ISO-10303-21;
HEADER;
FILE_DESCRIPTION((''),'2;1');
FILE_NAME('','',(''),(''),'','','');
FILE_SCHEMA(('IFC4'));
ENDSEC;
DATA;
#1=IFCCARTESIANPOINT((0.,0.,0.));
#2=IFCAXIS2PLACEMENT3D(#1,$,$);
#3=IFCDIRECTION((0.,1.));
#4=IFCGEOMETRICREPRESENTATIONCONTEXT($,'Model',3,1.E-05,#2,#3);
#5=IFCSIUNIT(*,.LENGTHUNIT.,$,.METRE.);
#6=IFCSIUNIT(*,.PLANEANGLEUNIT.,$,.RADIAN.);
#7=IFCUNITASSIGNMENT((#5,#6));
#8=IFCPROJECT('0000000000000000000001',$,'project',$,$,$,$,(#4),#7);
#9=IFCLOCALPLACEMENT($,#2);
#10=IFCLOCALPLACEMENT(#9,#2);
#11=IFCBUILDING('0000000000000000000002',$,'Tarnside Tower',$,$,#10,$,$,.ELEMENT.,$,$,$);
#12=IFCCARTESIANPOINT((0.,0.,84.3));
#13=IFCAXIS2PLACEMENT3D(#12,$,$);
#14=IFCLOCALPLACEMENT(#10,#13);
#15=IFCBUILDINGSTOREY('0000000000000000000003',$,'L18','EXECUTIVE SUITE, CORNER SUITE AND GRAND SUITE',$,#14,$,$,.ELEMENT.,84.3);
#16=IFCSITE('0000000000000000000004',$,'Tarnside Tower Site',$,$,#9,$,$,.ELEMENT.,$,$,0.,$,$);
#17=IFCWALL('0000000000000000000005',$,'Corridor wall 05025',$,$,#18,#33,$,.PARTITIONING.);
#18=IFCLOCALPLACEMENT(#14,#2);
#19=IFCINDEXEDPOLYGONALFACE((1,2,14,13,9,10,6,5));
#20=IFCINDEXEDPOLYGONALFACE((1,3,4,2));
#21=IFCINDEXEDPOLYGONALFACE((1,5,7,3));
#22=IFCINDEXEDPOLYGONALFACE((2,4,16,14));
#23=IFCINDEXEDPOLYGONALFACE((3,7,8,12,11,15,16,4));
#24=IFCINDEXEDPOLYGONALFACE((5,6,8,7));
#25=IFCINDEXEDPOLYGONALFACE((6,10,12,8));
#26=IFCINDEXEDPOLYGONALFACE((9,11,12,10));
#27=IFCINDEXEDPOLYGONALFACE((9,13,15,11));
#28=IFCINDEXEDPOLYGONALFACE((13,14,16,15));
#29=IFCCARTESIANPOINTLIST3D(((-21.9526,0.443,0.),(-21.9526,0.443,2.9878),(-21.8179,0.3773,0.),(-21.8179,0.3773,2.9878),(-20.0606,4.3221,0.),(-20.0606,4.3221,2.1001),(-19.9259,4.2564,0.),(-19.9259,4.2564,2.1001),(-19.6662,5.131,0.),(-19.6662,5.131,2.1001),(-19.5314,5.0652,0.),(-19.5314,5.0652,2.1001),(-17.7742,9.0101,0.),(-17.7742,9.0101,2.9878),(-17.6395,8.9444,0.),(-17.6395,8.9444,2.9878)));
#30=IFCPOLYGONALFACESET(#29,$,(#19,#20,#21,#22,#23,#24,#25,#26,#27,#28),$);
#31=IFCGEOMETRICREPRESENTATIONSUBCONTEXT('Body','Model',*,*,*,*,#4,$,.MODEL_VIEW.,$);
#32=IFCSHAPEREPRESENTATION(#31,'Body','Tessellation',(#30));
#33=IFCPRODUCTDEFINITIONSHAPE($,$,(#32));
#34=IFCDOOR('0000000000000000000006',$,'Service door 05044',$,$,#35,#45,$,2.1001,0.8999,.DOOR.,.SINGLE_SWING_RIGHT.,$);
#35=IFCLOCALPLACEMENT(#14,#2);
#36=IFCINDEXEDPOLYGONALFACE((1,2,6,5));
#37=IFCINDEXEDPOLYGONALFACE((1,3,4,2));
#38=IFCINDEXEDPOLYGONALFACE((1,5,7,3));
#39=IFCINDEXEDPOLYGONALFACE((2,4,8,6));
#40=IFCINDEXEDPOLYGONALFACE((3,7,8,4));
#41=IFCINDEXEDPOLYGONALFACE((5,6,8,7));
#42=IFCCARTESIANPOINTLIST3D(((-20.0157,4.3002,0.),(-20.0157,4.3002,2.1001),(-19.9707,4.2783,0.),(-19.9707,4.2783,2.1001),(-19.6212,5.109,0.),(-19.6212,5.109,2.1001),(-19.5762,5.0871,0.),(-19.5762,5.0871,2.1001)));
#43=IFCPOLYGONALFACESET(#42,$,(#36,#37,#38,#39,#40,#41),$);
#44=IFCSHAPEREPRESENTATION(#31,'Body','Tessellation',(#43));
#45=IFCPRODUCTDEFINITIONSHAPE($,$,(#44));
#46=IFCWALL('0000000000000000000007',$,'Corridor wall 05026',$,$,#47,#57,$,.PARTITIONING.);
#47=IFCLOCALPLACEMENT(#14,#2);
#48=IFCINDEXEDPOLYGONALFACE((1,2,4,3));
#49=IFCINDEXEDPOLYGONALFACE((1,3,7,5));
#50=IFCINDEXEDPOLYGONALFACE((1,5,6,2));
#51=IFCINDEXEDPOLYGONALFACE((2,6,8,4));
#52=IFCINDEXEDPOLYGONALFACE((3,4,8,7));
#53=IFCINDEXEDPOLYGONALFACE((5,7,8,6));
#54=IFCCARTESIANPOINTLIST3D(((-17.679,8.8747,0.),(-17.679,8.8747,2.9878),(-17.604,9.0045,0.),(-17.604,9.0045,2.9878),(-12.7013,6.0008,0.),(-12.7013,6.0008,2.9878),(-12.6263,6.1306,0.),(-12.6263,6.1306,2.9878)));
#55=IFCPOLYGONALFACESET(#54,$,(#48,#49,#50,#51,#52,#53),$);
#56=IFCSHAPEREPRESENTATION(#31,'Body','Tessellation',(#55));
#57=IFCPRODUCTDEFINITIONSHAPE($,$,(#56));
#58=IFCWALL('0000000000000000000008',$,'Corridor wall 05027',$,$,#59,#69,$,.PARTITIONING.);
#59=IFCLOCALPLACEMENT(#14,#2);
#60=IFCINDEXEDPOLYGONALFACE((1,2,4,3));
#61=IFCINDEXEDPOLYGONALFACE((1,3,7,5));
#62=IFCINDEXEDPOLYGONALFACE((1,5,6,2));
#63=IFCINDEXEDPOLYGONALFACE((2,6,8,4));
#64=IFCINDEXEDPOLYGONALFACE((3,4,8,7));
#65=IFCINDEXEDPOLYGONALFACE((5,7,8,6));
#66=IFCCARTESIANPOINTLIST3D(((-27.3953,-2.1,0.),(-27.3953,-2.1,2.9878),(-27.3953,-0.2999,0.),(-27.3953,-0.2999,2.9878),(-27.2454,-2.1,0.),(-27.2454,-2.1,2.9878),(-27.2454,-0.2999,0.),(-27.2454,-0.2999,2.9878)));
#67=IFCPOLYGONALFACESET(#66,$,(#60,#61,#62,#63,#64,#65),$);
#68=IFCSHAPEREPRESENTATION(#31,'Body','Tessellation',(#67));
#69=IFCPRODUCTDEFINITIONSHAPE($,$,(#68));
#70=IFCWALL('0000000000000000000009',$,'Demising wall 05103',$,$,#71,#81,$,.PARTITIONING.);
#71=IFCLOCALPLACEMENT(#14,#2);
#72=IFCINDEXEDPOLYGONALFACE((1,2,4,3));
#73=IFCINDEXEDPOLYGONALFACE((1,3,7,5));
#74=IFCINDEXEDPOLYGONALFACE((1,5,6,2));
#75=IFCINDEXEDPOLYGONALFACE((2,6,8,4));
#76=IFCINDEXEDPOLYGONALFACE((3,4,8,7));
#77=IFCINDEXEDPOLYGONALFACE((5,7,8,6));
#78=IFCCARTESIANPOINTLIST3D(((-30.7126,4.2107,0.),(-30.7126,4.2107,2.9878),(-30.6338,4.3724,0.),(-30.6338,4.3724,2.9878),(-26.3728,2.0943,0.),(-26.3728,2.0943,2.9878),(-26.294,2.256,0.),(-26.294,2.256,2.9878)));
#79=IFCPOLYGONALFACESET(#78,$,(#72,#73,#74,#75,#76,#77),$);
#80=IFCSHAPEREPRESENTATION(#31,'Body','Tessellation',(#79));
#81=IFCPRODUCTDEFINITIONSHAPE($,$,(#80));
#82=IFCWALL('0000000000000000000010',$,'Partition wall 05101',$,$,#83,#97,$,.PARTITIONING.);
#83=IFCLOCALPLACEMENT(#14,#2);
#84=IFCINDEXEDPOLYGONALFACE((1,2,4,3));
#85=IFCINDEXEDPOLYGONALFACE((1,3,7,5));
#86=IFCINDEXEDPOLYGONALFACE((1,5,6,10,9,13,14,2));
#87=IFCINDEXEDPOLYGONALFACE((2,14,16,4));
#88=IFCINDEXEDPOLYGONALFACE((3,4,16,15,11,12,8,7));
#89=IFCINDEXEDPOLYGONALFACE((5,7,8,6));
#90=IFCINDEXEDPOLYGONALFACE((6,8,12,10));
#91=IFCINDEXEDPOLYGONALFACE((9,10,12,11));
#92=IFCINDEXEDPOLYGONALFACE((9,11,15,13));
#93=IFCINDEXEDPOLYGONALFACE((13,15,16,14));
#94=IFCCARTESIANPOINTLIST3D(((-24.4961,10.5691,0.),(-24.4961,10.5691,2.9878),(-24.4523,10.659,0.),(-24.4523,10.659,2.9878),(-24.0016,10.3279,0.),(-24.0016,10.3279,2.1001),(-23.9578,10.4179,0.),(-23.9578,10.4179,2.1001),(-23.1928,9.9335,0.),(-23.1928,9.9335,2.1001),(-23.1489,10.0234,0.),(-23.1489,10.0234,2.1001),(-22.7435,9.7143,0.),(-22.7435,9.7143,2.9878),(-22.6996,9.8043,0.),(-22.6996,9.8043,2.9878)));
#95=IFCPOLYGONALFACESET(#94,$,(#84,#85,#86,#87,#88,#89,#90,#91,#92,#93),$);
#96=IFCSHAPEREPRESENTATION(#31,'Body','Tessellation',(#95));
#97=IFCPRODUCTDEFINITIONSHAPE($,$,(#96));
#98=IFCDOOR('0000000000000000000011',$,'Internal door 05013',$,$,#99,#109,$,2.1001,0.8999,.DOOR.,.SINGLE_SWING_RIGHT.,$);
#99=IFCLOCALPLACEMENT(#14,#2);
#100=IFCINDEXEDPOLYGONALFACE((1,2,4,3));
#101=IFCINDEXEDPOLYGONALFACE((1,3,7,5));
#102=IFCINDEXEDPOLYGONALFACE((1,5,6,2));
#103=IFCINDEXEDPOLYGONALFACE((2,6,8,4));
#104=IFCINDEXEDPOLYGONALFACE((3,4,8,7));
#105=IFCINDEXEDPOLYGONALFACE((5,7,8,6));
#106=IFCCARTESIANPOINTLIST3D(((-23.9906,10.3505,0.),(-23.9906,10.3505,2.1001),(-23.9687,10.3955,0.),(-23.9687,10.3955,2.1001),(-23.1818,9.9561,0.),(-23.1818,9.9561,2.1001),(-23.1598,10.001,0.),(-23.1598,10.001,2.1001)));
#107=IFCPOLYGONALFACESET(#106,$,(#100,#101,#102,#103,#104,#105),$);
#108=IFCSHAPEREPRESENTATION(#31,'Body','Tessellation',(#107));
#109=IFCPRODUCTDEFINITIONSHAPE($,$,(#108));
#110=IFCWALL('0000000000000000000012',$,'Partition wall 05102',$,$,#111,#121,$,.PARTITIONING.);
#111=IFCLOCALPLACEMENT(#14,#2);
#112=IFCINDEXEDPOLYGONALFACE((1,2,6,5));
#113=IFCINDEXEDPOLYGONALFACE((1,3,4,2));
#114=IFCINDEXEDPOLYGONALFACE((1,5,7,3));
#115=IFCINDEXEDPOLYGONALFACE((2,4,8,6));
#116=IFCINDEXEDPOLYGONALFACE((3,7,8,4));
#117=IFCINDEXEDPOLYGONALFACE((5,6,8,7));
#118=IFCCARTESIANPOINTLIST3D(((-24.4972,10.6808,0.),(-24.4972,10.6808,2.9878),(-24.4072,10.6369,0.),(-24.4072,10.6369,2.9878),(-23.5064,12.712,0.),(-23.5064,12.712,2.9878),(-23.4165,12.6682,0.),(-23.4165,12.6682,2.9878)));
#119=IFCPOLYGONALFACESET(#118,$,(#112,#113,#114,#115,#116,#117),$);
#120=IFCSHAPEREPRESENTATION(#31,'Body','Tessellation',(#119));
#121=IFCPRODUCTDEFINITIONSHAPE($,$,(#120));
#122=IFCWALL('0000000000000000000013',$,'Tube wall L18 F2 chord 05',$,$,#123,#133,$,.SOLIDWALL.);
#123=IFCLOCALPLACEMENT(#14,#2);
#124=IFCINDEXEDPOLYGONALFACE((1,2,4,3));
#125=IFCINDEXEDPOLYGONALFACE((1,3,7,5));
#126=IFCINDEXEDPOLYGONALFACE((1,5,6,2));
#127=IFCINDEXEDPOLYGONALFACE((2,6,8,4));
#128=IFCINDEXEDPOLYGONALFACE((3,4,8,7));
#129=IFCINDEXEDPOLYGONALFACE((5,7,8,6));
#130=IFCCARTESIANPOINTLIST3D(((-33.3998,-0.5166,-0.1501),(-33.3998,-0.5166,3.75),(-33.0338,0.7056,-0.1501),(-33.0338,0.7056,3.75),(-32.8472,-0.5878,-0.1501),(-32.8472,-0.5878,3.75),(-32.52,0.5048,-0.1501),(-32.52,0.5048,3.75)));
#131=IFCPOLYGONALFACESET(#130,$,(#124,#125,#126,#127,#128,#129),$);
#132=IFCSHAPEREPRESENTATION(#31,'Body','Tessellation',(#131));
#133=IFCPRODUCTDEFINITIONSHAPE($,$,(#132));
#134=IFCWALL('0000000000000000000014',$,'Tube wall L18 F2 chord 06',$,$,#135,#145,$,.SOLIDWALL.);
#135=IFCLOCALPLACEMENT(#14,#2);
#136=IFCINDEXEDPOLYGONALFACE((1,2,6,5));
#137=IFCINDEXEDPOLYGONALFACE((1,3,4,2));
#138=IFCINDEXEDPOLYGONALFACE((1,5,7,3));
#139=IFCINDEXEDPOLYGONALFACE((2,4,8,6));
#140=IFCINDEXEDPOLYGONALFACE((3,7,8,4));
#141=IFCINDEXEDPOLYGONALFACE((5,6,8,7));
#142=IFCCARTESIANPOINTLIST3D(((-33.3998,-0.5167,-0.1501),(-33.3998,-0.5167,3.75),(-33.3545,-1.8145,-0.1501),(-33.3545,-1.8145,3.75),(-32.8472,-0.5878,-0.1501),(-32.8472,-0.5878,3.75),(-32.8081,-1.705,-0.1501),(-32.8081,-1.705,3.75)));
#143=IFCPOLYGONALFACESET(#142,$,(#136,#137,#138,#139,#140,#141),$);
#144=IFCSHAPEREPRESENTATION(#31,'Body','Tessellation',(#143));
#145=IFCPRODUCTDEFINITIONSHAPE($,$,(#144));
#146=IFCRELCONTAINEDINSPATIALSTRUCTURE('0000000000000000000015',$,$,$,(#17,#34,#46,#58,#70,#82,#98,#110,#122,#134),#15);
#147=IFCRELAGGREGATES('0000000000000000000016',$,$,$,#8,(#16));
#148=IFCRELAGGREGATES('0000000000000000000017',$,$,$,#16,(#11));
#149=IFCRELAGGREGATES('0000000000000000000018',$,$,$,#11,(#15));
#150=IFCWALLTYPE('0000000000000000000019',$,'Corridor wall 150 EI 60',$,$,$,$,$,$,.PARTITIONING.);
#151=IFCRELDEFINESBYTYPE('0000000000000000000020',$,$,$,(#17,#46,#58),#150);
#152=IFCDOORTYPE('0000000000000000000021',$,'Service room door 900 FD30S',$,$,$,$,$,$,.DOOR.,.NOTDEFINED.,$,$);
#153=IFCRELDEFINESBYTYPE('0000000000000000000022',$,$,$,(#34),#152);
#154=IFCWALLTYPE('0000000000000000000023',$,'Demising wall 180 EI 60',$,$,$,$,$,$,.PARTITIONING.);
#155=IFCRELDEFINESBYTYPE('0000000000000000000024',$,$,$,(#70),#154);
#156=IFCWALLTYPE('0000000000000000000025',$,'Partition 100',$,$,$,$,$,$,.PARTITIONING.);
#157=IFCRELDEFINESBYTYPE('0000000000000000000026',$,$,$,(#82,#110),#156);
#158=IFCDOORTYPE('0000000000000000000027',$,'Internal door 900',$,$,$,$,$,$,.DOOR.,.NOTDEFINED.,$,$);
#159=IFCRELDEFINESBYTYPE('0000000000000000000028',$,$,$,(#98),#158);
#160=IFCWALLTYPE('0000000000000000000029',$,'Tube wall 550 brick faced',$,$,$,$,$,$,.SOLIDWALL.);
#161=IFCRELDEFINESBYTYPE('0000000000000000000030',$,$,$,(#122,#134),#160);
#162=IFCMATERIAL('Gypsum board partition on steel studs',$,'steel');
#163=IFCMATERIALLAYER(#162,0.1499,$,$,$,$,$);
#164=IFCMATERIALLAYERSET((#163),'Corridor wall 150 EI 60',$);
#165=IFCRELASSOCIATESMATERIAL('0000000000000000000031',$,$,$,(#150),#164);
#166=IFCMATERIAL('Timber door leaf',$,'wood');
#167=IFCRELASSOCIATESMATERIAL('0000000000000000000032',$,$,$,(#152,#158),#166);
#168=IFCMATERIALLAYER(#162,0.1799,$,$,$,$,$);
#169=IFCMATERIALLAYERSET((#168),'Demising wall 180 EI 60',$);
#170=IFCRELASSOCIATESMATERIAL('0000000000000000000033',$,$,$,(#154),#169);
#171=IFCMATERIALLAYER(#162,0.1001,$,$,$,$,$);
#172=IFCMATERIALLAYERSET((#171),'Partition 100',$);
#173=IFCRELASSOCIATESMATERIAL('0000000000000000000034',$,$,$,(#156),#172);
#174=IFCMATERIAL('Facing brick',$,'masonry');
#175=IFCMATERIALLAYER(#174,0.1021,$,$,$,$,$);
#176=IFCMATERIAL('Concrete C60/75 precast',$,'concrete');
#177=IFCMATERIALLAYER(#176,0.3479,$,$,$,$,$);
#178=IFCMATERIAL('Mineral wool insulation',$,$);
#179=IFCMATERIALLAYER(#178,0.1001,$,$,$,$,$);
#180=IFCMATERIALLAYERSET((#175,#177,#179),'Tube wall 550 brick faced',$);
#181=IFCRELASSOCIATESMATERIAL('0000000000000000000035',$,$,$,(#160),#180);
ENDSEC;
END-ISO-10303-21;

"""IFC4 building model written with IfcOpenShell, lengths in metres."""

from ifc_helpers import new_model, si_unit, direction, frame, frame_2d, origin, place, context, subcontext, project, spatial, polyline, rectangle, outline, extrude, material, layer, layer_set, type_object, element, fill, save


model = new_model("IFC4")

# Units and contexts
model_context = context("Model", 3, precision=1e-05, world=origin(), true_north=direction((0.0, 1.0)))
body_context = subcontext(model_context, "Body", "Model", "MODEL_VIEW")
ifc_project = project(units=[si_unit("LENGTHUNIT", "METRE"), si_unit("PLANEANGLEUNIT", "RADIAN")], contexts=[model_context])

# Site, building, storey
site_placement = place(None, origin())
site = spatial("IfcSite", under=ifc_project, at=site_placement, Name="Tarnside Tower Site", CompositionType="ELEMENT", RefElevation=0.0)
building_placement = place(site_placement, origin())
building = spatial("IfcBuilding", under=site, at=building_placement, Name="Tarnside Tower", CompositionType="ELEMENT")
storey_placement = place(building_placement, frame((0.0, 0.0, 84.3)))
storey = spatial("IfcBuildingStorey", under=building, at=storey_placement, Name="L18", Description="EXECUTIVE SUITE, CORNER SUITE AND GRAND SUITE", CompositionType="ELEMENT", Elevation=84.3)

# Shared definitions
ifc_material_1 = material(Name="Gypsum board partition on steel studs", Category="steel")
ifc_material_2 = material(Name="Timber door leaf", Category="wood")

# Shared definitions
ifc_layer_1 = layer(ifc_material_1, 0.1499)
ifc_layer_set_1 = layer_set([ifc_layer_1], Name="Corridor wall 150 EI 60")
wall_type_1 = type_object("IfcWallType", Name="Corridor wall 150 EI 60", PredefinedType="PARTITIONING", material=ifc_layer_set_1)

# Wall, opening, door
wall_1_placement = place(storey_placement, frame((-21.8853, 0.4102, 0.0), z_axis=(0.0, 0.0, 1.0), x_axis=(0.438371, 0.898794, 0.0)))
wall_1 = element("IfcWall", 1, at=wall_1_placement, inside=storey, type_object=wall_type_1, Name="Corridor wall 05025", PredefinedType="PARTITIONING", context=body_context, shape_type="SweptSolid", body=[
    extrude(rectangle(XDim=9.5317, YDim=0.1499, at=frame_2d((4.7659, 0.0))), origin(), (0.0, 0.0, 1.0), 2.9878),
])
opening_1_placement = place(wall_1_placement, frame((4.3159, 0.0, 0.0)))
opening_1 = element("IfcOpeningElement", 2, at=opening_1_placement, cuts=wall_1, PredefinedType="OPENING", context=body_context, shape_type="SweptSolid", body=[
    extrude(rectangle(XDim=0.8999, YDim=2.1001, at=frame_2d((0.45, 1.05))), frame((0.0, 0.085, 0.0), z_axis=(0.0, -1.0, 0.0), x_axis=(1.0, 0.0, 0.0)), (0.0, 0.0, 1.0), 0.1699),
])
door_type_1 = type_object("IfcDoorType", Name="Service room door 900 FD30S", OperationType="NOTDEFINED", PredefinedType="DOOR", material=ifc_material_2)
door_1_placement = place(opening_1_placement, origin())
door_1 = element("IfcDoor", 3, at=door_1_placement, inside=storey, type_object=door_type_1, Name="Service door 05044", OperationType="SINGLE_SWING_RIGHT", OverallHeight=2.1001, OverallWidth=0.8999, PredefinedType="DOOR", context=body_context, shape_type="SweptSolid", body=[
    extrude(rectangle(XDim=0.8999, YDim=2.1001, at=frame_2d((0.45, 1.05))), frame((0.0, 0.0249, 0.0), z_axis=(0.0, -1.0, 0.0), x_axis=(1.0, 0.0, 0.0)), (0.0, 0.0, 1.0), 0.05),
])
fill(opening_1, door_1)

# Walls
wall_2_placement = place(storey_placement, frame((-17.6416, 8.9397, 0.0), z_axis=(0.0, 0.0, 1.0), x_axis=(0.866018, -0.500013, 0.0)))
element("IfcWall", 4, at=wall_2_placement, inside=storey, type_object=wall_type_1, Name="Corridor wall 05026", PredefinedType="PARTITIONING", context=body_context, shape_type="SweptSolid", body=[
    extrude(rectangle(XDim=5.7478, YDim=0.1499, at=frame_2d((2.874, 0.0))), origin(), (0.0, 0.0, 1.0), 2.9878),
])
wall_3_placement = place(storey_placement, frame((-27.3203, -0.3, 0.0), z_axis=(0.0, 0.0, 1.0), x_axis=(0.0, -1.0, 0.0)))
element("IfcWall", 5, at=wall_3_placement, inside=storey, type_object=wall_type_1, Name="Corridor wall 05027", PredefinedType="PARTITIONING", context=body_context, shape_type="SweptSolid", body=[
    extrude(rectangle(XDim=1.8, YDim=0.1499, at=frame_2d((0.8999, 0.0))), origin(), (0.0, 0.0, 1.0), 2.9878),
])
ifc_layer_2 = layer(ifc_material_1, 0.1799)
ifc_layer_set_2 = layer_set([ifc_layer_2], Name="Demising wall 180 EI 60")
wall_type_2 = type_object("IfcWallType", Name="Demising wall 180 EI 60", PredefinedType="PARTITIONING", material=ifc_layer_set_2)
wall_4_placement = place(storey_placement, frame((-30.6731, 4.2915, 0.0), z_axis=(0.0, 0.0, 1.0), x_axis=(0.898813, -0.438333, 0.0)))
element("IfcWall", 6, at=wall_4_placement, inside=storey, type_object=wall_type_2, Name="Demising wall 05103", PredefinedType="PARTITIONING", context=body_context, shape_type="SweptSolid", body=[
    extrude(rectangle(XDim=4.8284, YDim=0.1799, at=frame_2d((2.4141, 0.0))), origin(), (0.0, 0.0, 1.0), 2.9878),
])

# Wall, opening, door
ifc_layer_3 = layer(ifc_material_1, 0.1001)
ifc_layer_set_3 = layer_set([ifc_layer_3], Name="Partition 100")
wall_type_3 = type_object("IfcWallType", Name="Partition 100", PredefinedType="PARTITIONING", material=ifc_layer_set_3)
wall_5_placement = place(storey_placement, frame((-22.7214, 9.7593, 0.0), z_axis=(0.0, 0.0, 1.0), x_axis=(-0.898815, 0.438327, 0.0)))
wall_5 = element("IfcWall", 7, at=wall_5_placement, inside=storey, type_object=wall_type_3, Name="Partition wall 05101", PredefinedType="PARTITIONING", context=body_context, shape_type="SweptSolid", body=[
    extrude(rectangle(XDim=1.95, YDim=0.1001, at=frame_2d((0.9751, 0.0))), origin(), (0.0, 0.0, 1.0), 2.9878),
])
opening_2_placement = place(wall_5_placement, frame((0.5, 0.0, 0.0)))
opening_2 = element("IfcOpeningElement", 8, at=opening_2_placement, cuts=wall_5, PredefinedType="OPENING", context=body_context, shape_type="SweptSolid", body=[
    extrude(rectangle(XDim=0.8999, YDim=2.1001, at=frame_2d((0.45, 1.05))), frame((0.0, 0.0601, 0.0), z_axis=(0.0, -1.0, 0.0), x_axis=(1.0, 0.0, 0.0)), (0.0, 0.0, 1.0), 0.1201),
])
door_type_2 = type_object("IfcDoorType", Name="Internal door 900", OperationType="NOTDEFINED", PredefinedType="DOOR", material=ifc_material_2)
door_2_placement = place(opening_2_placement, origin())
door_2 = element("IfcDoor", 9, at=door_2_placement, inside=storey, type_object=door_type_2, Name="Internal door 05013", OperationType="SINGLE_SWING_RIGHT", OverallHeight=2.1001, OverallWidth=0.8999, PredefinedType="DOOR", context=body_context, shape_type="SweptSolid", body=[
    extrude(rectangle(XDim=0.8999, YDim=2.1001, at=frame_2d((0.45, 1.05))), frame((0.0, 0.0249, 0.0), z_axis=(0.0, -1.0, 0.0), x_axis=(1.0, 0.0, 0.0)), (0.0, 0.0, 1.0), 0.05),
])
fill(opening_2, door_2)

# Walls
wall_6_placement = place(storey_placement, frame((-24.4521, 10.6589, 0.0), z_axis=(0.0, 0.0, 1.0), x_axis=(0.438377, 0.898791, 0.0)))
element("IfcWall", 10, at=wall_6_placement, inside=storey, type_object=wall_type_3, Name="Partition wall 05102", PredefinedType="PARTITIONING", context=body_context, shape_type="SweptSolid", body=[
    extrude(rectangle(XDim=2.26, YDim=0.1001, at=frame_2d((1.1299, 0.0))), origin(), (0.0, 0.0, 1.0), 2.9878),
])
ifc_material_3 = material(Name="Facing brick", Category="masonry")
ifc_layer_4 = layer(ifc_material_3, 0.1021)
ifc_material_4 = material(Name="Concrete C60/75 precast", Category="concrete")
ifc_layer_5 = layer(ifc_material_4, 0.3479)
ifc_material_5 = material(Name="Mineral wool insulation")
ifc_layer_6 = layer(ifc_material_5, 0.1001)
ifc_layer_set_4 = layer_set([ifc_layer_4, ifc_layer_5, ifc_layer_6], Name="Tube wall 550 brick faced")
wall_type_4 = type_object("IfcWallType", Name="Tube wall 550 brick faced", PredefinedType="SOLIDWALL", material=ifc_layer_set_4)
wall_7_placement = place(storey_placement, frame((-32.7769, 0.6052, -0.1501), z_axis=(0.0, 0.0, 1.0), x_axis=(-0.286921, -0.957954, 0.0)))
element("IfcWall", 11, at=wall_7_placement, inside=storey, type_object=wall_type_4, Name="Tube wall L18 F2 chord 05", PredefinedType="SOLIDWALL", context=body_context, shape_type="SweptSolid", body=[
    extrude(outline(polyline([(-0.0225, -0.2749), (1.2534, -0.2749), (1.1631, 0.2749), (0.0225, 0.2749), (-0.0225, -0.2749)])), origin(), (0.0, 0.0, 1.0), 3.9001),
])
wall_8_placement = place(storey_placement, frame((-33.1235, -0.5522, -0.1501), z_axis=(0.0, 0.0, 1.0), x_axis=(0.034956, -0.999389, 0.0)))
element("IfcWall", 12, at=wall_8_placement, inside=storey, type_object=wall_type_4, Name="Tube wall L18 F2 chord 06", PredefinedType="SOLIDWALL", context=body_context, shape_type="SweptSolid", body=[
    extrude(outline(polyline([(-0.0452, -0.2749), (1.2534, -0.2749), (1.1631, 0.2749), (0.0452, 0.2749), (-0.0452, -0.2749)])), origin(), (0.0, 0.0, 1.0), 3.9001),
])

save(model, "model.ifc")
